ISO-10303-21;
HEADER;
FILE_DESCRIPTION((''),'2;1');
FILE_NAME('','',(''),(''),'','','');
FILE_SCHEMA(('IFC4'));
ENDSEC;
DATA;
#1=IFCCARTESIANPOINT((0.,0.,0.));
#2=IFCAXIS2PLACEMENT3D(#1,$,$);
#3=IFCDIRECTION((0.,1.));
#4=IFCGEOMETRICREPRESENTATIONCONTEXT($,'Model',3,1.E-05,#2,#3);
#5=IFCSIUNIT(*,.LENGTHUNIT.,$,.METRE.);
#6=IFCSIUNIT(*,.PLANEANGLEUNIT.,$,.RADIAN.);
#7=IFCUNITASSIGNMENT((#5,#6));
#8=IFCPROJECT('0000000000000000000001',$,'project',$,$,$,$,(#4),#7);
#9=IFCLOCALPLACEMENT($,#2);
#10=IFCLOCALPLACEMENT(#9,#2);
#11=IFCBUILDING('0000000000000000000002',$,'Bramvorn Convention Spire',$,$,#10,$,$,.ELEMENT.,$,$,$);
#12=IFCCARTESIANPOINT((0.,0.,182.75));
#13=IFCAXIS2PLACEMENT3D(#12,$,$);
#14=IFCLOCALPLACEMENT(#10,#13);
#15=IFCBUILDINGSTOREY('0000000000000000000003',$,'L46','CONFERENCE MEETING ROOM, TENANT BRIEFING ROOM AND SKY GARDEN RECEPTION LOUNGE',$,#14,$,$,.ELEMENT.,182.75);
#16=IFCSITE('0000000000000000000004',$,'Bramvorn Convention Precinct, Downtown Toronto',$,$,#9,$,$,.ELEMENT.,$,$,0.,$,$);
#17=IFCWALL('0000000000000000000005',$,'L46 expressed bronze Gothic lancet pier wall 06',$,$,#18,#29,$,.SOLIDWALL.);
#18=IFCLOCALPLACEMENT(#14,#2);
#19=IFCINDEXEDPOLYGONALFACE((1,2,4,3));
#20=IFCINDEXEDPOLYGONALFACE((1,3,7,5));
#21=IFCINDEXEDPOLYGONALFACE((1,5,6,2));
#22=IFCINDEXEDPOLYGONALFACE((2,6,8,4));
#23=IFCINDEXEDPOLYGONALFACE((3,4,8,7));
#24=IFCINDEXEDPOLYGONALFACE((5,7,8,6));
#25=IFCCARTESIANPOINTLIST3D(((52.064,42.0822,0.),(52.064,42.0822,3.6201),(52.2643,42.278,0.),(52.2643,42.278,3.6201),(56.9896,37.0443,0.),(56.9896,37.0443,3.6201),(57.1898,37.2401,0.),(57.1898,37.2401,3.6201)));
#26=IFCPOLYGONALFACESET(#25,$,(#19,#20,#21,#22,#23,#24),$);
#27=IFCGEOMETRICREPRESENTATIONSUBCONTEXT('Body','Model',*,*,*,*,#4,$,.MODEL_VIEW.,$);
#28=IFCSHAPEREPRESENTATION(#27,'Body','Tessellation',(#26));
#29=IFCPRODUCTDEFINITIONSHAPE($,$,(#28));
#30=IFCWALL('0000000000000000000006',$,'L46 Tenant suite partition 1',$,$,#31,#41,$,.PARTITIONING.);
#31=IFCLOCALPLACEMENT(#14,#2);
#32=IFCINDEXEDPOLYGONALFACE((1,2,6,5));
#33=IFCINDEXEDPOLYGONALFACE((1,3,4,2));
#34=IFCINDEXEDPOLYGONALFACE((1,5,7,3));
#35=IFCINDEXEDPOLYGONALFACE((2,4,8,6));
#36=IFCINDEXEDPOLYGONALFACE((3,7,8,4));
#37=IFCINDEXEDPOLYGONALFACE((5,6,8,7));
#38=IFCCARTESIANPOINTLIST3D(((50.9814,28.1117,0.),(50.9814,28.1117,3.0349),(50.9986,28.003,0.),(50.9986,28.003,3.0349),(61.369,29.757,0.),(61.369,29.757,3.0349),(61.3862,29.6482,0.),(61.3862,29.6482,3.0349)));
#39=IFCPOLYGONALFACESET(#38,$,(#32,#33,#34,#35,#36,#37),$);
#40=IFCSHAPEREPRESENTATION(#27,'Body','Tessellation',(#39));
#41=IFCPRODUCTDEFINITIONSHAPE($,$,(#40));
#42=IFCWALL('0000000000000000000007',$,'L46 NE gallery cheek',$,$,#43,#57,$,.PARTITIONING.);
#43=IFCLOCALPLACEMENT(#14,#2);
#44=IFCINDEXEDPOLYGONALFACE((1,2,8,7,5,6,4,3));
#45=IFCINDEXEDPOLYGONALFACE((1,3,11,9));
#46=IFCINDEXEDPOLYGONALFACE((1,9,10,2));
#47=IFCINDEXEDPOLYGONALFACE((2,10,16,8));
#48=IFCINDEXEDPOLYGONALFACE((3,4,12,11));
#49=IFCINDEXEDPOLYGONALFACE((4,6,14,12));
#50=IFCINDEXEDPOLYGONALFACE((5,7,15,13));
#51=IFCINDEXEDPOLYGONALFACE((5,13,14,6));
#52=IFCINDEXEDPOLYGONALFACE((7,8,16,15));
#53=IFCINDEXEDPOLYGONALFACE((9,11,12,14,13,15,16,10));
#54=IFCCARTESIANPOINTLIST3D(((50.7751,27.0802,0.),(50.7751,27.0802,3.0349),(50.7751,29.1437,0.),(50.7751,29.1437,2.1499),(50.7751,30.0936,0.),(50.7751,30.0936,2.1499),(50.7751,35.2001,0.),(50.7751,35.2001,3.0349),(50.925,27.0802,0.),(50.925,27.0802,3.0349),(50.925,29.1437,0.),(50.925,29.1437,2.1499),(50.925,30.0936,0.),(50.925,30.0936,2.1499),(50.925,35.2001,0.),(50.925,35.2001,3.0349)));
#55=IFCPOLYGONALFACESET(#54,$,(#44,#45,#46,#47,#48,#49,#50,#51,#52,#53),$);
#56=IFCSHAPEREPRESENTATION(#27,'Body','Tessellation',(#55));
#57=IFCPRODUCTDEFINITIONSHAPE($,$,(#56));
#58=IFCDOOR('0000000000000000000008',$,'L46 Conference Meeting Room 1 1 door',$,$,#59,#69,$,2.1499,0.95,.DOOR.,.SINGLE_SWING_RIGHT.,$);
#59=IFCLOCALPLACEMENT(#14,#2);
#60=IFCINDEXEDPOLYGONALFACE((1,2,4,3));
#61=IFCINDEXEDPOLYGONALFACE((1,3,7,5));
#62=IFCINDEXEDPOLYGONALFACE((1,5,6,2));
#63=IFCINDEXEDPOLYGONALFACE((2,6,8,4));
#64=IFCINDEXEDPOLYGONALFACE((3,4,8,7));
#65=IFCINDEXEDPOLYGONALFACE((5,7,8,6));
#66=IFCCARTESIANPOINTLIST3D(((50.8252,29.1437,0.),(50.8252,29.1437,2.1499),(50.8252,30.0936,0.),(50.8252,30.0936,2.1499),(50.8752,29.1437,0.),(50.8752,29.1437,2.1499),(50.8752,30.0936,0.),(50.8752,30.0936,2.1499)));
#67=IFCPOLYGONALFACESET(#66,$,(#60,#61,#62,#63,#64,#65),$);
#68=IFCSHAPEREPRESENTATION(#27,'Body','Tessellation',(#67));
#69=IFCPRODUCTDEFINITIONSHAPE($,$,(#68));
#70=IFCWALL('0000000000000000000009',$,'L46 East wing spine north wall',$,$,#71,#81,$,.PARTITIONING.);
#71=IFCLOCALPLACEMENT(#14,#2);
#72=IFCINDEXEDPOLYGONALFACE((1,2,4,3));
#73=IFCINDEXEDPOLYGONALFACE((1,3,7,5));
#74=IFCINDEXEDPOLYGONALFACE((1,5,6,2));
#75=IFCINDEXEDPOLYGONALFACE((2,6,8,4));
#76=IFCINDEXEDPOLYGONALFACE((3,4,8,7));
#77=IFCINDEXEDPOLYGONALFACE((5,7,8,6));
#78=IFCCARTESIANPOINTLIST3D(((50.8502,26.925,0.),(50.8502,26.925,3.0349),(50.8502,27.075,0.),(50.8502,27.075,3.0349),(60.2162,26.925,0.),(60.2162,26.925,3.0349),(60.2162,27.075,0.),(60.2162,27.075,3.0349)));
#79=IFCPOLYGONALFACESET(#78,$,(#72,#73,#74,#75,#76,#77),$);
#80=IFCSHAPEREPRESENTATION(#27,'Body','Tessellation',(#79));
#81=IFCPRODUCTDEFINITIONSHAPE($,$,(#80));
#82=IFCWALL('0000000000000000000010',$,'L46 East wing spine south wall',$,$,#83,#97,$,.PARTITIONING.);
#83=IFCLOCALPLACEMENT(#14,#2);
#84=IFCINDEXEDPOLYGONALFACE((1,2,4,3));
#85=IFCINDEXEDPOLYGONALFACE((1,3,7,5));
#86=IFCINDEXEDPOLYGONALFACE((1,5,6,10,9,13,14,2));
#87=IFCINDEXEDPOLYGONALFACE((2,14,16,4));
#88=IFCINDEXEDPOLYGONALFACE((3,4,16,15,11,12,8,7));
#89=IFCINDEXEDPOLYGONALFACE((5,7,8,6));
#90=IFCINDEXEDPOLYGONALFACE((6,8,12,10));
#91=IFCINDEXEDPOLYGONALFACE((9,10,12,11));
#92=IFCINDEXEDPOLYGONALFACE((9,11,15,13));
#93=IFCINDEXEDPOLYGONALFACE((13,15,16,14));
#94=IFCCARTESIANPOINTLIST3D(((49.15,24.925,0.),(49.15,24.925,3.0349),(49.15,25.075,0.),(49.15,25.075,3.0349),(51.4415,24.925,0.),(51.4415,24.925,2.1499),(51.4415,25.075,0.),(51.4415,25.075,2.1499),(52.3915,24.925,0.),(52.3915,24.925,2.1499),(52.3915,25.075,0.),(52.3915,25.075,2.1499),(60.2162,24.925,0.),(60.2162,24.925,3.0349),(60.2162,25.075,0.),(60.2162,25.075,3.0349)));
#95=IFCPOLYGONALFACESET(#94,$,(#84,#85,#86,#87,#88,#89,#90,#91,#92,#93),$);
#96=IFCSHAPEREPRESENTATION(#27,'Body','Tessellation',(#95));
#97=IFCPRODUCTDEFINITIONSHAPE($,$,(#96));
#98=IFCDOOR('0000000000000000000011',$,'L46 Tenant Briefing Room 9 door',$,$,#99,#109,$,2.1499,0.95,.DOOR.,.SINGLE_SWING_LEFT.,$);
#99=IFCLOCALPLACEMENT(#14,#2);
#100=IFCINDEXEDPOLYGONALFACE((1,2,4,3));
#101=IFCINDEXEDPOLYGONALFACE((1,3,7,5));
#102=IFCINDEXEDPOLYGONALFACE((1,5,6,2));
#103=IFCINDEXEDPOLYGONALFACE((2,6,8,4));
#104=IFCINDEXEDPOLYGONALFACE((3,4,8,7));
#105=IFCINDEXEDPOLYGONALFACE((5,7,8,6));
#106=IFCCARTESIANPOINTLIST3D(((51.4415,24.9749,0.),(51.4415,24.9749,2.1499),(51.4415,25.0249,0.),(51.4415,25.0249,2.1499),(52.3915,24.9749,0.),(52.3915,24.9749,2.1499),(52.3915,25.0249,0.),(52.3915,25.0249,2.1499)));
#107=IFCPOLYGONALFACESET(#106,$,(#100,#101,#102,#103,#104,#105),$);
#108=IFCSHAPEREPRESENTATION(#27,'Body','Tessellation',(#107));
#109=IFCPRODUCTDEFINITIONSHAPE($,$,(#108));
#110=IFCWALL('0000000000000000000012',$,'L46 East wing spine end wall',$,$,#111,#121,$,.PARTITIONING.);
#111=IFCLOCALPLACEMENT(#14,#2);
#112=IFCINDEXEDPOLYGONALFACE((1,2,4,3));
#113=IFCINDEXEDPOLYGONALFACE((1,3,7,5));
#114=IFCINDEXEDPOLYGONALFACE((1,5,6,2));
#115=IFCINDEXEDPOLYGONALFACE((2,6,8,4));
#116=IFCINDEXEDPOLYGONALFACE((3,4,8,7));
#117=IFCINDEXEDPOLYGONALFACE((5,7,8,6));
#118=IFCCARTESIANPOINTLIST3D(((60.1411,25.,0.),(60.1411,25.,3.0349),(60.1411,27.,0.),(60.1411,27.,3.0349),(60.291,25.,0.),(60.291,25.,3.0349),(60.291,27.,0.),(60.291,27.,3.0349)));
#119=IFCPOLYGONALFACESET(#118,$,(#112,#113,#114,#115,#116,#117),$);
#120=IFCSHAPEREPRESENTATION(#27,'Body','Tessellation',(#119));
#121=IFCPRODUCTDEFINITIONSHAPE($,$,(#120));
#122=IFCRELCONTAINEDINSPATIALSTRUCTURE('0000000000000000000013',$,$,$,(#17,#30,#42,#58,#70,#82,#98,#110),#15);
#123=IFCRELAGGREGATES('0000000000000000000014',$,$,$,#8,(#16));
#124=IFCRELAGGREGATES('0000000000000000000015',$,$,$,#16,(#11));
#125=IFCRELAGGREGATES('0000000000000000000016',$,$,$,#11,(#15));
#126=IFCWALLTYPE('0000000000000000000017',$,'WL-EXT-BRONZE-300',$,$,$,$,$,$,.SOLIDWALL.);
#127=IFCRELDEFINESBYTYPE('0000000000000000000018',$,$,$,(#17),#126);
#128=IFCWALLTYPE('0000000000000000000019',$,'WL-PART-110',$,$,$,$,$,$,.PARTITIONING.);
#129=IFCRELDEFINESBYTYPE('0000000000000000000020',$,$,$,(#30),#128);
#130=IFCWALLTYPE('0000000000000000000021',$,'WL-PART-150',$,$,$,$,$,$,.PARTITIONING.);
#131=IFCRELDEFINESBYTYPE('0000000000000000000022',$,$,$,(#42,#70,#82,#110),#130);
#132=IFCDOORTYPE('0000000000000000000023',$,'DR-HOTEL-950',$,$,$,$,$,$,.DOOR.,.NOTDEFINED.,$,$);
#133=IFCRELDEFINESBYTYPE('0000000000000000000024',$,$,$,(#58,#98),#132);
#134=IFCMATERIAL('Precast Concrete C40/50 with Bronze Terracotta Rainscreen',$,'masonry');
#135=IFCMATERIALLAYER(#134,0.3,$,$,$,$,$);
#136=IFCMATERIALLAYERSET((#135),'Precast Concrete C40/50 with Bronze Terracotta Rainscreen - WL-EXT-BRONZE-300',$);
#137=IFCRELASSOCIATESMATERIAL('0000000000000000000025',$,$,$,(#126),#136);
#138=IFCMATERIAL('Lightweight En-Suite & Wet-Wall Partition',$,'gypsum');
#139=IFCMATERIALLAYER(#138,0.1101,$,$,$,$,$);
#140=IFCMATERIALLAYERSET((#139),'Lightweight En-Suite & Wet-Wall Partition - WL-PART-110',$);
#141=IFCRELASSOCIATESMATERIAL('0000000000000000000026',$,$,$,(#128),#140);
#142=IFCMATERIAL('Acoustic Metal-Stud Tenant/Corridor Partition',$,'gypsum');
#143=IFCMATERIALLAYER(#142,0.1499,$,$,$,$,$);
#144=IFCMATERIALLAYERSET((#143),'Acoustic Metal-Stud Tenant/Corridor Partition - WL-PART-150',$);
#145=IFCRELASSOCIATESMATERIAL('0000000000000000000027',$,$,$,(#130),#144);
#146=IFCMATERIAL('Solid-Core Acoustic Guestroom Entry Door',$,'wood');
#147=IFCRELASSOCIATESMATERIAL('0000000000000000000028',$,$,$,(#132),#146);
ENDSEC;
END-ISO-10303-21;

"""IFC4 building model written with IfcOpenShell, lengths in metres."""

from ifc_helpers import new_model, si_unit, direction, frame, frame_2d, origin, place, context, subcontext, project, spatial, rectangle, extrude, material, layer, layer_set, type_object, element, fill, save


model = new_model("IFC4")

# Units and contexts
model_context = context("Model", 3, precision=1e-05, world=origin(), true_north=direction((0.0, 1.0)))
body_context = subcontext(model_context, "Body", "Model", "MODEL_VIEW")
ifc_project = project(units=[si_unit("LENGTHUNIT", "METRE"), si_unit("PLANEANGLEUNIT", "RADIAN")], contexts=[model_context])

# Site, building, storey
site_placement = place(None, origin())
site = spatial("IfcSite", under=ifc_project, at=site_placement, Name="Bramvorn Convention Precinct, Downtown Toronto", CompositionType="ELEMENT", RefElevation=0.0)
building_placement = place(site_placement, origin())
building = spatial("IfcBuilding", under=site, at=building_placement, Name="Bramvorn Convention Spire", CompositionType="ELEMENT")
storey_placement = place(building_placement, frame((0.0, 0.0, 182.75)))
storey = spatial("IfcBuildingStorey", under=building, at=storey_placement, Name="L46", Description="CONFERENCE MEETING ROOM, TENANT BRIEFING ROOM AND SKY GARDEN RECEPTION LOUNGE", CompositionType="ELEMENT", Elevation=182.75)

# Walls
ifc_material_1 = material(Name="Precast Concrete C40/50 with Bronze Terracotta Rainscreen", Category="masonry")
ifc_layer_1 = layer(ifc_material_1, 0.3)
ifc_layer_set_1 = layer_set([ifc_layer_1], Name="Precast Concrete C40/50 with Bronze Terracotta Rainscreen - WL-EXT-BRONZE-300")
wall_type_1 = type_object("IfcWallType", Name="WL-EXT-BRONZE-300", PredefinedType="SOLIDWALL", material=ifc_layer_set_1)
wall_1_placement = place(storey_placement, frame((52.1641, 42.1802, 0.0), z_axis=(0.0, 0.0, 1.0), x_axis=(0.699092, -0.715032, 0.0)))
element("IfcWall", 1, at=wall_1_placement, inside=storey, type_object=wall_type_1, Name="L46 expressed bronze Gothic lancet pier wall 06", PredefinedType="SOLIDWALL", context=body_context, shape_type="SweptSolid", body=[
    extrude(rectangle(XDim=7.0457, YDim=0.28, at=frame_2d((3.5229, 0.0))), origin(), (0.0, 0.0, 1.0), 3.6201),
])
ifc_material_2 = material(Name="Lightweight En-Suite & Wet-Wall Partition", Category="gypsum")
ifc_layer_2 = layer(ifc_material_2, 0.1101)
ifc_layer_set_2 = layer_set([ifc_layer_2], Name="Lightweight En-Suite & Wet-Wall Partition - WL-PART-110")
wall_type_2 = type_object("IfcWallType", Name="WL-PART-110", PredefinedType="PARTITIONING", material=ifc_layer_set_2)
wall_2_placement = place(storey_placement, frame((50.99, 28.0574, 0.0), z_axis=(0.0, 0.0, 1.0), x_axis=(0.987688, 0.156436, 0.0)))
element("IfcWall", 2, at=wall_2_placement, inside=storey, type_object=wall_type_2, Name="L46 Tenant suite partition 1", PredefinedType="PARTITIONING", context=body_context, shape_type="SweptSolid", body=[
    extrude(rectangle(XDim=10.5171, YDim=0.1101, at=frame_2d((5.2585, 0.0))), origin(), (0.0, 0.0, 1.0), 3.0349),
])

# Wall, opening, door
ifc_material_3 = material(Name="Acoustic Metal-Stud Tenant/Corridor Partition", Category="gypsum")
ifc_layer_3 = layer(ifc_material_3, 0.1499)
ifc_layer_set_3 = layer_set([ifc_layer_3], Name="Acoustic Metal-Stud Tenant/Corridor Partition - WL-PART-150")
wall_type_3 = type_object("IfcWallType", Name="WL-PART-150", PredefinedType="PARTITIONING", material=ifc_layer_set_3)
wall_3_placement = place(storey_placement, frame((50.8501, 27.0801, 0.0), z_axis=(0.0, 0.0, 1.0), x_axis=(0.0, 1.0, 0.0)))
wall_3 = element("IfcWall", 3, at=wall_3_placement, inside=storey, type_object=wall_type_3, Name="L46 NE gallery cheek", PredefinedType="PARTITIONING", context=body_context, shape_type="SweptSolid", body=[
    extrude(rectangle(XDim=8.1199, YDim=0.1499, at=frame_2d((4.0601, 0.0))), origin(), (0.0, 0.0, 1.0), 3.0349),
])
opening_1_placement = place(wall_3_placement, frame((2.0635, 0.0, 0.0)))
opening_1 = element("IfcOpeningElement", 4, at=opening_1_placement, cuts=wall_3, PredefinedType="OPENING", context=body_context, shape_type="SweptSolid", body=[
    extrude(rectangle(XDim=0.95, YDim=2.1499, at=frame_2d((0.4751, 1.075))), frame((0.0, 0.085, 0.0), z_axis=(0.0, -1.0, 0.0), x_axis=(1.0, 0.0, 0.0)), (0.0, 0.0, 1.0), 0.1699),
])
ifc_material_4 = material(Name="Solid-Core Acoustic Guestroom Entry Door", Category="wood")
door_type = type_object("IfcDoorType", Name="DR-HOTEL-950", OperationType="NOTDEFINED", PredefinedType="DOOR", material=ifc_material_4)
door_1_placement = place(opening_1_placement, origin())
door_1 = element("IfcDoor", 5, at=door_1_placement, inside=storey, type_object=door_type, Name="L46 Conference Meeting Room 1 1 door", OperationType="SINGLE_SWING_RIGHT", OverallHeight=2.1499, OverallWidth=0.95, PredefinedType="DOOR", context=body_context, shape_type="SweptSolid", body=[
    extrude(rectangle(XDim=0.95, YDim=2.1499, at=frame_2d((0.4751, 1.075))), frame((0.0, 0.0249, 0.0), z_axis=(0.0, -1.0, 0.0), x_axis=(1.0, 0.0, 0.0)), (0.0, 0.0, 1.0), 0.05),
])
fill(opening_1, door_1)

# Wall
wall_4_placement = place(storey_placement, frame((50.8501, 27.0, 0.0), z_axis=(0.0, 0.0, 1.0), x_axis=(1.0, 0.0, 0.0)))
element("IfcWall", 6, at=wall_4_placement, inside=storey, type_object=wall_type_3, Name="L46 East wing spine north wall", PredefinedType="PARTITIONING", context=body_context, shape_type="SweptSolid", body=[
    extrude(rectangle(XDim=9.366, YDim=0.1499, at=frame_2d((4.6831, 0.0))), origin(), (0.0, 0.0, 1.0), 3.0349),
])

# Wall, opening, door
wall_5_placement = place(storey_placement, frame((49.1499, 25.0, 0.0), z_axis=(0.0, 0.0, 1.0), x_axis=(1.0, 0.0, 0.0)))
wall_5 = element("IfcWall", 7, at=wall_5_placement, inside=storey, type_object=wall_type_3, Name="L46 East wing spine south wall", PredefinedType="PARTITIONING", context=body_context, shape_type="SweptSolid", body=[
    extrude(rectangle(XDim=11.0662, YDim=0.1499, at=frame_2d((5.5332, 0.0))), origin(), (0.0, 0.0, 1.0), 3.0349),
])
opening_2_placement = place(wall_5_placement, frame((2.2915, 0.0, 0.0)))
opening_2 = element("IfcOpeningElement", 8, at=opening_2_placement, cuts=wall_5, PredefinedType="OPENING", context=body_context, shape_type="SweptSolid", body=[
    extrude(rectangle(XDim=0.95, YDim=2.1499, at=frame_2d((0.4751, 1.075))), frame((0.0, 0.085, 0.0), z_axis=(0.0, -1.0, 0.0), x_axis=(1.0, 0.0, 0.0)), (0.0, 0.0, 1.0), 0.1699),
])
door_2_placement = place(opening_2_placement, origin())
door_2 = element("IfcDoor", 9, at=door_2_placement, inside=storey, type_object=door_type, Name="L46 Tenant Briefing Room 9 door", OperationType="SINGLE_SWING_LEFT", OverallHeight=2.1499, OverallWidth=0.95, PredefinedType="DOOR", context=body_context, shape_type="SweptSolid", body=[
    extrude(rectangle(XDim=0.95, YDim=2.1499, at=frame_2d((0.4751, 1.075))), frame((0.0, 0.0249, 0.0), z_axis=(0.0, -1.0, 0.0), x_axis=(1.0, 0.0, 0.0)), (0.0, 0.0, 1.0), 0.05),
])
fill(opening_2, door_2)

# Wall
wall_6_placement = place(storey_placement, frame((60.2161, 25.0, 0.0), z_axis=(0.0, 0.0, 1.0), x_axis=(0.0, 1.0, 0.0)))
element("IfcWall", 10, at=wall_6_placement, inside=storey, type_object=wall_type_3, Name="L46 East wing spine end wall", PredefinedType="PARTITIONING", context=body_context, shape_type="SweptSolid", body=[
    extrude(rectangle(XDim=2.0, YDim=0.1499, at=frame_2d((1.0, 0.0))), origin(), (0.0, 0.0, 1.0), 3.0349),
])

save(model, "model.ifc")
